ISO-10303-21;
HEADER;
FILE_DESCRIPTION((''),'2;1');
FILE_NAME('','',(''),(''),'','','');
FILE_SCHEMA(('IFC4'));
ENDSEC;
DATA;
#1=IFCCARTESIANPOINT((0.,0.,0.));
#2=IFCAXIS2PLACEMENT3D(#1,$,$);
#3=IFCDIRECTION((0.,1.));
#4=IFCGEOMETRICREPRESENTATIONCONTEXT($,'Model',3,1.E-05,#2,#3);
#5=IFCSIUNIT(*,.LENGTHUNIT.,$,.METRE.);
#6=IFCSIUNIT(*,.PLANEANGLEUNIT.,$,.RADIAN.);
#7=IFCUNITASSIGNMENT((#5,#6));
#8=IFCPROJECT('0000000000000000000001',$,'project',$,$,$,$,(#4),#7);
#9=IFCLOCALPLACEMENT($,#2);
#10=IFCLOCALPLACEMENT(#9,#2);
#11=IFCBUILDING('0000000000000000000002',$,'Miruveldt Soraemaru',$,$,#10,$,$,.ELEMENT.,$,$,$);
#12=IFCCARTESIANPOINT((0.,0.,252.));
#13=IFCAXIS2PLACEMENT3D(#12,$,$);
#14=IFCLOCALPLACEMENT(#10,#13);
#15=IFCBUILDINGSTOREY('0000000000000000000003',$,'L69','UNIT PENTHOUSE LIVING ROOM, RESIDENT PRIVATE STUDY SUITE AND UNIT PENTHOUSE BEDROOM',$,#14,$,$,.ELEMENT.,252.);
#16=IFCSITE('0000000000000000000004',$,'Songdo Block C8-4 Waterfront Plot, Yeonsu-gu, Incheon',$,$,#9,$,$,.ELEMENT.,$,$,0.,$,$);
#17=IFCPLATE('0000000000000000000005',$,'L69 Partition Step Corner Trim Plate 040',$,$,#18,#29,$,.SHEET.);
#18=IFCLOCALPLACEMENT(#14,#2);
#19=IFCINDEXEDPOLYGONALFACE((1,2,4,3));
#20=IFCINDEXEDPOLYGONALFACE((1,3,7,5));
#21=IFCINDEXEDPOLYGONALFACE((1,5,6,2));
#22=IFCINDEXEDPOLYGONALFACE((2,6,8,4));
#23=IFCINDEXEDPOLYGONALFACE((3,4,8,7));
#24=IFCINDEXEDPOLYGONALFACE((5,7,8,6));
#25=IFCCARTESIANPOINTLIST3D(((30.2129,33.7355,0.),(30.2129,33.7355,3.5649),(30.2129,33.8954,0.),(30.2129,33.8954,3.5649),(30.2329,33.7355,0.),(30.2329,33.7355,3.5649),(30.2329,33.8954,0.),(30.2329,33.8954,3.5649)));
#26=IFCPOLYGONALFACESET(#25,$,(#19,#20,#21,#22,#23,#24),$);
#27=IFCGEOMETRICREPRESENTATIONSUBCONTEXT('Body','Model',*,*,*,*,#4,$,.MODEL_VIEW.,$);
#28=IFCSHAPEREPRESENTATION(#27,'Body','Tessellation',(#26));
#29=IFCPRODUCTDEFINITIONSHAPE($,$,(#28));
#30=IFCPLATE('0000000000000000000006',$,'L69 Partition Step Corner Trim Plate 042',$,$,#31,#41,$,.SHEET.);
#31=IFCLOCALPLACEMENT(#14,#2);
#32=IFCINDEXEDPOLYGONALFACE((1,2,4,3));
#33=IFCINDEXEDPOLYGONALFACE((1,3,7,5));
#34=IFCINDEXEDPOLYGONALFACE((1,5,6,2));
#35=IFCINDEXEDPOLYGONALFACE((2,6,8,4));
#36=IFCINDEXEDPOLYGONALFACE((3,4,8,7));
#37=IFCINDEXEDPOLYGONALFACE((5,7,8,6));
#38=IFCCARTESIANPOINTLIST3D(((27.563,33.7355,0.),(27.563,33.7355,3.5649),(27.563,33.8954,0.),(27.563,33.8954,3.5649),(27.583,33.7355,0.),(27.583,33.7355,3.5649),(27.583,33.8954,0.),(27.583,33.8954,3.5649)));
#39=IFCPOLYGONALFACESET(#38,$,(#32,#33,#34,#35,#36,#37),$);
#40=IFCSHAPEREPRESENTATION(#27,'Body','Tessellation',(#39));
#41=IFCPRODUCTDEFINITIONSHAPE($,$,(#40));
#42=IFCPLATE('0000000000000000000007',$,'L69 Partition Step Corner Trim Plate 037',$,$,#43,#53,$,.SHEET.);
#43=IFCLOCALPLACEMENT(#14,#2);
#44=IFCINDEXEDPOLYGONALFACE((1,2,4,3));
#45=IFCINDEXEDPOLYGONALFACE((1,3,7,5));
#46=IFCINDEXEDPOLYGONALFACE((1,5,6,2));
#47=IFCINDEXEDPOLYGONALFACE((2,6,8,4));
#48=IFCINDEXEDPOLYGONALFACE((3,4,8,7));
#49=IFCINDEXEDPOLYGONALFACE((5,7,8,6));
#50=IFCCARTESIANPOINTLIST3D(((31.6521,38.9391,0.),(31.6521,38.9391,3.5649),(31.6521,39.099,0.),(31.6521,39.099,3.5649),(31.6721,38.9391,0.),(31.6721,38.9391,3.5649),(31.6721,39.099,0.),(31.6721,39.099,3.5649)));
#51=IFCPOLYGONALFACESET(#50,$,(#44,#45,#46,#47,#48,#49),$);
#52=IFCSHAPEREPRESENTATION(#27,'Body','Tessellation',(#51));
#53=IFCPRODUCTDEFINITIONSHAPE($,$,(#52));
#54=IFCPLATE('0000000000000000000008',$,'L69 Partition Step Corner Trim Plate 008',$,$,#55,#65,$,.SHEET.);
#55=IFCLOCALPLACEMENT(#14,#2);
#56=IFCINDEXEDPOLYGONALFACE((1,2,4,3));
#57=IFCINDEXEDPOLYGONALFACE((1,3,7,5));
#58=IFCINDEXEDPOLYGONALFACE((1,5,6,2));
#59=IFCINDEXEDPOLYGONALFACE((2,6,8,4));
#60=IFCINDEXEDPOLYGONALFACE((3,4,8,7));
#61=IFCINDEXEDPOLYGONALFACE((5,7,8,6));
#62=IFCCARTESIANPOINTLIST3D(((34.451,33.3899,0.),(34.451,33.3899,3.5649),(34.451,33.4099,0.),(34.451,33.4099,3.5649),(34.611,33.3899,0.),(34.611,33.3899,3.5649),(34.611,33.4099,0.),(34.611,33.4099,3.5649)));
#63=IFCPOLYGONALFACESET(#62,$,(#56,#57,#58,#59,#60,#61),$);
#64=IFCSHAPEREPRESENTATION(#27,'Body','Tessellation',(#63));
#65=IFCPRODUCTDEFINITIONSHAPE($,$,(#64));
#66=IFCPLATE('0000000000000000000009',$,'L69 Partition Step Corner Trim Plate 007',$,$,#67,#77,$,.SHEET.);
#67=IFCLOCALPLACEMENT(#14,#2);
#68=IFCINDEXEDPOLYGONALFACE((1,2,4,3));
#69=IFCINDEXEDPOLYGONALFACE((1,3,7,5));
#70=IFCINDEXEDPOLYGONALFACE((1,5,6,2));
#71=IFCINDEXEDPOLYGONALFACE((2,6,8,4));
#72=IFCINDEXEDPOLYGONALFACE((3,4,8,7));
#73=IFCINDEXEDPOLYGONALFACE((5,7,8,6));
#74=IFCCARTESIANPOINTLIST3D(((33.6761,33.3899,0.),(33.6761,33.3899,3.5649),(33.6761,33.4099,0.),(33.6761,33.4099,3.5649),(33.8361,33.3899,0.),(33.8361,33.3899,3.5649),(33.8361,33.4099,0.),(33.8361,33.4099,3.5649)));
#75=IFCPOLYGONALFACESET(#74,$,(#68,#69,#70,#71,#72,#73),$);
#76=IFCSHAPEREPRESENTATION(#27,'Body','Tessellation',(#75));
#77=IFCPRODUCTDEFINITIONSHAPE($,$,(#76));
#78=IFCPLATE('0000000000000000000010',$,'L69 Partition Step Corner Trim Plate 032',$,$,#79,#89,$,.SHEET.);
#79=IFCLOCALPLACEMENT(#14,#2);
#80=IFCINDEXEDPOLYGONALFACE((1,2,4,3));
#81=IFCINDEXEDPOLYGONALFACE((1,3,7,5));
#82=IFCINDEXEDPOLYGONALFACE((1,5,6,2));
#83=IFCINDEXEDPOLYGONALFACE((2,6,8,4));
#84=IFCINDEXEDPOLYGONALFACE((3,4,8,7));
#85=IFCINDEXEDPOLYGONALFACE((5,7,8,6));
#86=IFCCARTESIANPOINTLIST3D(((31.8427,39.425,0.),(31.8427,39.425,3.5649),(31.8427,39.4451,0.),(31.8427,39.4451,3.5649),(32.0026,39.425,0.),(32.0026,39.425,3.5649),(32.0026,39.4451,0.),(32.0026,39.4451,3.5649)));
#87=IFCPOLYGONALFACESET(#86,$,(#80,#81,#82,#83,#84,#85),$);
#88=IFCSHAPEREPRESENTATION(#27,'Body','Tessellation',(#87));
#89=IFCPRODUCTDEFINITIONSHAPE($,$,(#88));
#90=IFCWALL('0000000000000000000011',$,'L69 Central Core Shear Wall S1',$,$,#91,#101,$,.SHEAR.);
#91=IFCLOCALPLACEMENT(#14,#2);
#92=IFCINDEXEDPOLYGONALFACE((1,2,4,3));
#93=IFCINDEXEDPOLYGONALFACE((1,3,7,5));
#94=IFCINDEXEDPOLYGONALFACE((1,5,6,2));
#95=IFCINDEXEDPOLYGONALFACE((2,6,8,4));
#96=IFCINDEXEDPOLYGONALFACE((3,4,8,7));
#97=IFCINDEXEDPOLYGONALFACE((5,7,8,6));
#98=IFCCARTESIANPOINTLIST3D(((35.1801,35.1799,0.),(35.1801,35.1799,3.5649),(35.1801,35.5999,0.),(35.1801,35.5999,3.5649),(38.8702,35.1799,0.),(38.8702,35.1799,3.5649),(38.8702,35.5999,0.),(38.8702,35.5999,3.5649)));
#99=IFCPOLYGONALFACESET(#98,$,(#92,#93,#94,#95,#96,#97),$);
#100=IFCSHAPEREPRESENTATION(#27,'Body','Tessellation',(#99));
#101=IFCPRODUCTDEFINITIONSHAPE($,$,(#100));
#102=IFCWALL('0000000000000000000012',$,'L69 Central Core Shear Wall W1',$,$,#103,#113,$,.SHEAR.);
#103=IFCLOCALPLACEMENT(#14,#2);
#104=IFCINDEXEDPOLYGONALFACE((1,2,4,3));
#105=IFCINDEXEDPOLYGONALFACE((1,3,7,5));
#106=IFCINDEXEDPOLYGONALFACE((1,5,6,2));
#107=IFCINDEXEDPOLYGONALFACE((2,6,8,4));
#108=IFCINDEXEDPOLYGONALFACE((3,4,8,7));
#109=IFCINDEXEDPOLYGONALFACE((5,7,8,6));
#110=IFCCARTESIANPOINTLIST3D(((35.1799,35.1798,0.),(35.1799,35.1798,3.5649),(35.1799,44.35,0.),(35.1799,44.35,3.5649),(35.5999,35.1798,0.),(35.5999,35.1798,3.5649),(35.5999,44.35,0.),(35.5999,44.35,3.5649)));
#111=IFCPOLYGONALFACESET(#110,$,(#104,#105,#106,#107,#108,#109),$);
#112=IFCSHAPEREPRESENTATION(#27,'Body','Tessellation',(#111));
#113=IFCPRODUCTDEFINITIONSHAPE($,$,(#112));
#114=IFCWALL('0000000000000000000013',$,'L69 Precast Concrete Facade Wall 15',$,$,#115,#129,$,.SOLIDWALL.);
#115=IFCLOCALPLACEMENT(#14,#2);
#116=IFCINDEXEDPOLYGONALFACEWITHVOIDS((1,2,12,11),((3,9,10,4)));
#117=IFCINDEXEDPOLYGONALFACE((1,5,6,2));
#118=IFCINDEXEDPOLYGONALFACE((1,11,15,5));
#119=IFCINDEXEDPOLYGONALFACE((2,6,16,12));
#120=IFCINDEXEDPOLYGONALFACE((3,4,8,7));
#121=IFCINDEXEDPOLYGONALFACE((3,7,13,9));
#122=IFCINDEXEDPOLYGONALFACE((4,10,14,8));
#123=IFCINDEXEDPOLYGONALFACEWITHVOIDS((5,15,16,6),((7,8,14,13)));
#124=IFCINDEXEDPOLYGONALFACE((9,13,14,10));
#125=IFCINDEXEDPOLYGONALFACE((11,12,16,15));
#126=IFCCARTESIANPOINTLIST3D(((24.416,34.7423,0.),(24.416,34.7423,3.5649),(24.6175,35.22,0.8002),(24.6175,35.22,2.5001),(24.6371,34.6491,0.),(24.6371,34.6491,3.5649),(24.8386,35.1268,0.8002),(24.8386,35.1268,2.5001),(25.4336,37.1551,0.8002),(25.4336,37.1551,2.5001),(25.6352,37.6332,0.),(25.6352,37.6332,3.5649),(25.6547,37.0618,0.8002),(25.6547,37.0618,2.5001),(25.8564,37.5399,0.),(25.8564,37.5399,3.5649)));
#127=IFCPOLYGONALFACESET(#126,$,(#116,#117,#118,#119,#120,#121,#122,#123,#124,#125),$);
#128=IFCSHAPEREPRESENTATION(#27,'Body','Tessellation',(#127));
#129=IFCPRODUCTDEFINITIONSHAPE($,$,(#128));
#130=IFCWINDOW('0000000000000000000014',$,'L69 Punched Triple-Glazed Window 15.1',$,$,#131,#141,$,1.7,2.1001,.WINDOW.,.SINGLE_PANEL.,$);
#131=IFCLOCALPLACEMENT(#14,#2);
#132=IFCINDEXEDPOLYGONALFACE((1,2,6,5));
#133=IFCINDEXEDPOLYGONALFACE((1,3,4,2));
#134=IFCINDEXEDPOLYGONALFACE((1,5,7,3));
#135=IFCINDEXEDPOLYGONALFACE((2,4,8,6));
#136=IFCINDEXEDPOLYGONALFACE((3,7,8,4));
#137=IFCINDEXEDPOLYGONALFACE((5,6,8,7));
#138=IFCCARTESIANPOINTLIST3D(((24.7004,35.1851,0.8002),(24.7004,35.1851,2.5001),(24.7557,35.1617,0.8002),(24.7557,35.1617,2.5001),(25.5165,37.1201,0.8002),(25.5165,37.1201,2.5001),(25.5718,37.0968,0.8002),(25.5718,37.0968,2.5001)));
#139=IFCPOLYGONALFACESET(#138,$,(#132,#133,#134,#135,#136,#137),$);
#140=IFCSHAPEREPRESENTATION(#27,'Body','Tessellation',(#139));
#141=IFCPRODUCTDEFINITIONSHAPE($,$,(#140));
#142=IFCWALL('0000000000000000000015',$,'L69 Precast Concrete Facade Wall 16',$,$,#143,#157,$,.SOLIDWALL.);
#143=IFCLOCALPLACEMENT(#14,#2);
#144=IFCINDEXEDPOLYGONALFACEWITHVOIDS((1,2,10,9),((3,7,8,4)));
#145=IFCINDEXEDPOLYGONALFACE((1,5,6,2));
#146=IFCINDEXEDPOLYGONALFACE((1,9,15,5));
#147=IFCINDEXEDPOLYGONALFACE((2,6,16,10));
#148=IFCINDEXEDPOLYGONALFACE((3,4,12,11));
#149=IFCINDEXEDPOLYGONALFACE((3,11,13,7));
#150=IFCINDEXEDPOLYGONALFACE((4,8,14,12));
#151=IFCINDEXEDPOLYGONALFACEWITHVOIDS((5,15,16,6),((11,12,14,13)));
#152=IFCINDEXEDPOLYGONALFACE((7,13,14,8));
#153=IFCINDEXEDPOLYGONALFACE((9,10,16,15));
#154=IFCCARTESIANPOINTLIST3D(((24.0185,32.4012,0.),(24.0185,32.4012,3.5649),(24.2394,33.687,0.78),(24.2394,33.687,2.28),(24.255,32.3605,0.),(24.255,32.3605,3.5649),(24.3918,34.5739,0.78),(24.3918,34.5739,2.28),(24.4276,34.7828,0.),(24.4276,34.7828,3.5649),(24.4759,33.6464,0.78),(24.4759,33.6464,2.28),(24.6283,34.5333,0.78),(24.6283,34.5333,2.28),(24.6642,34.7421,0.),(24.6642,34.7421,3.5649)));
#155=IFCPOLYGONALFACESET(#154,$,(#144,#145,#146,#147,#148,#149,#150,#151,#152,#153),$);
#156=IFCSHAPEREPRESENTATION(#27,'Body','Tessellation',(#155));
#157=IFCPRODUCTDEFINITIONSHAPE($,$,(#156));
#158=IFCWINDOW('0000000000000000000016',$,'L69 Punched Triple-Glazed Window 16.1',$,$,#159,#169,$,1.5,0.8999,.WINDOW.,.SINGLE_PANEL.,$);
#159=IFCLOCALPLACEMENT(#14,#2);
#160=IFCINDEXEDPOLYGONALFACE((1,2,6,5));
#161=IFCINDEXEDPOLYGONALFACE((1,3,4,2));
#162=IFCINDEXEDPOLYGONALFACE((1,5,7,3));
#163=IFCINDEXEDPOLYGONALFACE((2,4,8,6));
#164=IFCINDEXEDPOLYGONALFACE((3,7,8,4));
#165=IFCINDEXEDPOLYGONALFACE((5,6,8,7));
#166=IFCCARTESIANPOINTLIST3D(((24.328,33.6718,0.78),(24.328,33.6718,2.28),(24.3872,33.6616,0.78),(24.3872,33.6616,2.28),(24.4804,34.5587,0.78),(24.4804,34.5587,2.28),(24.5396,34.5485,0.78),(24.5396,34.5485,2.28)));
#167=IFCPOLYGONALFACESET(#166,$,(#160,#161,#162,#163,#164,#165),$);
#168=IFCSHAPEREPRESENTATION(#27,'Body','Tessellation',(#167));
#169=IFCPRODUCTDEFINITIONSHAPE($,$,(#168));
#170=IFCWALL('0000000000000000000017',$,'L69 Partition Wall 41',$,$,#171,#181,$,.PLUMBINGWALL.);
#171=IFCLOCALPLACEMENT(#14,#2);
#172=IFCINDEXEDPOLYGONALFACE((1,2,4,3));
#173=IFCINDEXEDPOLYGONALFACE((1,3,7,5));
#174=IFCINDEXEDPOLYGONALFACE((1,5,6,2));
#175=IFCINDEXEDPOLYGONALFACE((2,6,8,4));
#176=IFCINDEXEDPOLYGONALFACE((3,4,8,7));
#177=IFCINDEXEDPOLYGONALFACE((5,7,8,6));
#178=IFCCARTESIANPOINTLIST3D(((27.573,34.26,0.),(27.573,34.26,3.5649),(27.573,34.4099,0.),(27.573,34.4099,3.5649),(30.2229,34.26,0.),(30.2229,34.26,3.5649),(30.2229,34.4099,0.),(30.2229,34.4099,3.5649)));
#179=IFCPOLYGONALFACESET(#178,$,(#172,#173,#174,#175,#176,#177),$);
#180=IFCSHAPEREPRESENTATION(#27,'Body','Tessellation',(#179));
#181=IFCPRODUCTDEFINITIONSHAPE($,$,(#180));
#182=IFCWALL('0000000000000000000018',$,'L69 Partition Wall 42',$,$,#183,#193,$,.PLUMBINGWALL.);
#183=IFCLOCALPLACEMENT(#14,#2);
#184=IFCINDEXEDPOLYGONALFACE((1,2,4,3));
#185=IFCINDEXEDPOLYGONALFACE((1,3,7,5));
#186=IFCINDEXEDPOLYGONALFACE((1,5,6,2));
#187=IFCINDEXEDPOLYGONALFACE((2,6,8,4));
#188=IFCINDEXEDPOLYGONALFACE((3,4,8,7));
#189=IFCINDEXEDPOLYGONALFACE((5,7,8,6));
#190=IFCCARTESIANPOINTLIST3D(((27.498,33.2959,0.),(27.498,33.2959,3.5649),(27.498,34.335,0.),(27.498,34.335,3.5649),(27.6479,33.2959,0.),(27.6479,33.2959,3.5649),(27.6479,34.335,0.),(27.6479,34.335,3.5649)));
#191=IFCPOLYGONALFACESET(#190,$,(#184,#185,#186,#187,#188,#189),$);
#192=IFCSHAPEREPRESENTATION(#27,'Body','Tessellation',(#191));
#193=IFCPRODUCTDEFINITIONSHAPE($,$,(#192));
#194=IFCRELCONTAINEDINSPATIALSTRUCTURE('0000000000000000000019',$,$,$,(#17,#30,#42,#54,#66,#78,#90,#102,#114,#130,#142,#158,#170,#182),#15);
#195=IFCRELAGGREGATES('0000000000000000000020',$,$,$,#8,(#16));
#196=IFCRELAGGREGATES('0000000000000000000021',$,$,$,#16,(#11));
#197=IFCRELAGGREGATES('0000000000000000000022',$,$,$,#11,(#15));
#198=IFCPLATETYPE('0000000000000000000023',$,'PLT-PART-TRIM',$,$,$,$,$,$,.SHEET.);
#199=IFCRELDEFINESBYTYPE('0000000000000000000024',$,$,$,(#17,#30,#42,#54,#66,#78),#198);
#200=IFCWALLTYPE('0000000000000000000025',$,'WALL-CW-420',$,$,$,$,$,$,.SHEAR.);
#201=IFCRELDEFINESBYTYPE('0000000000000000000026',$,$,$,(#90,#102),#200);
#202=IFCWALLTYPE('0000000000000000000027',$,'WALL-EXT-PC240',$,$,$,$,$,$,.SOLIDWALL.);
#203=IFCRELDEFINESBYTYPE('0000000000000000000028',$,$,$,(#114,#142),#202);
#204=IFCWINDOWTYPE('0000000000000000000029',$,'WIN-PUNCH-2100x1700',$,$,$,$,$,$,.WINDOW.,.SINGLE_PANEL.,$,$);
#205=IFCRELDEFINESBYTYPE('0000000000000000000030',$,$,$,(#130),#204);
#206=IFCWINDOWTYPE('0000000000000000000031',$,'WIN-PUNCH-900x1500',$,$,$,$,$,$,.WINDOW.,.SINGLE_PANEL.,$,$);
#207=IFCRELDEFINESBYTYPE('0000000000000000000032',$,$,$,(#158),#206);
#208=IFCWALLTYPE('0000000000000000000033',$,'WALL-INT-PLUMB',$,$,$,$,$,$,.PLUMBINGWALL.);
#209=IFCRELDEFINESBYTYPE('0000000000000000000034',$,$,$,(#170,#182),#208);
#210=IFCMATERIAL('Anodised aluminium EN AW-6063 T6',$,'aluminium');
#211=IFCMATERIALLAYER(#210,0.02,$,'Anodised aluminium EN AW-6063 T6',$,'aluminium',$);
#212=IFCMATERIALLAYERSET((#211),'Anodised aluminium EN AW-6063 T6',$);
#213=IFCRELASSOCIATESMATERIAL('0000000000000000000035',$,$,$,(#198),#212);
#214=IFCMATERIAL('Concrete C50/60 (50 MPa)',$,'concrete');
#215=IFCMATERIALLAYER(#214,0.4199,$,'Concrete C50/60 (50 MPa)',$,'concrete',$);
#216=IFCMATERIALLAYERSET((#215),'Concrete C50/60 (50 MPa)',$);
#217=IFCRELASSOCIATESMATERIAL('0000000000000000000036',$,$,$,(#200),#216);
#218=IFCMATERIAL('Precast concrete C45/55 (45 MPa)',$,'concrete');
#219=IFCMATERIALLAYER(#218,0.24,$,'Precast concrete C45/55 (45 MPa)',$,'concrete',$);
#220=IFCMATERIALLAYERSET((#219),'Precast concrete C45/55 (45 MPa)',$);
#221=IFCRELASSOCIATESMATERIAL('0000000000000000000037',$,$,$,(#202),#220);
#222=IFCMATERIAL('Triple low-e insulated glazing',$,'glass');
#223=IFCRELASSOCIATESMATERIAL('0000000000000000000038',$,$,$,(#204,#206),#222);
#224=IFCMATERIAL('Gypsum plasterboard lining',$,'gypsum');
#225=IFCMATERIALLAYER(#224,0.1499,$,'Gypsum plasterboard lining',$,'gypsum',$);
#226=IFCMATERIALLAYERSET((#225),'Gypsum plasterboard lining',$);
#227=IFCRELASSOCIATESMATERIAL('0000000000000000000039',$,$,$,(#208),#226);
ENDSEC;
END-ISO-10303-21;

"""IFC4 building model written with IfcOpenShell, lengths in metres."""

from ifc_helpers import new_model, si_unit, direction, frame, frame_2d, origin, origin_2d, place, context, subcontext, project, spatial, rectangle, extrude, material, layer, layer_set, type_object, element, fill, save


model = new_model("IFC4")

# Units and contexts
model_context = context("Model", 3, precision=1e-05, world=origin(), true_north=direction((0.0, 1.0)))
body_context = subcontext(model_context, "Body", "Model", "MODEL_VIEW")
ifc_project = project(units=[si_unit("LENGTHUNIT", "METRE"), si_unit("PLANEANGLEUNIT", "RADIAN")], contexts=[model_context])

# Site, building, storey
site_placement = place(None, origin())
site = spatial("IfcSite", under=ifc_project, at=site_placement, Name="Songdo Block C8-4 Waterfront Plot, Yeonsu-gu, Incheon", CompositionType="ELEMENT", RefElevation=0.0)
building_placement = place(site_placement, origin())
building = spatial("IfcBuilding", under=site, at=building_placement, Name="Miruveldt Soraemaru", CompositionType="ELEMENT")
storey_placement = place(building_placement, frame((0.0, 0.0, 252.0)))
storey = spatial("IfcBuildingStorey", under=building, at=storey_placement, Name="L69", Description="UNIT PENTHOUSE LIVING ROOM, RESIDENT PRIVATE STUDY SUITE AND UNIT PENTHOUSE BEDROOM", CompositionType="ELEMENT", Elevation=252.0)

# Shared definitions
ifc_material_1 = material(Name="Concrete C50/60 (50 MPa)", Category="concrete")

# Plates
ifc_material_2 = material(Name="Anodised aluminium EN AW-6063 T6", Category="aluminium")
ifc_layer_1 = layer(ifc_material_2, 0.02, Name="Anodised aluminium EN AW-6063 T6", Category="aluminium")
ifc_layer_set_1 = layer_set([ifc_layer_1], Name="Anodised aluminium EN AW-6063 T6")
plate_type = type_object("IfcPlateType", Name="PLT-PART-TRIM", PredefinedType="SHEET", material=ifc_layer_set_1)
for number, where, z_axis, x_axis, name in (
    (1, (30.2229, 33.8154, 0.0), (0.0, 0.0, 1.0), (0.0, 1.0, 0.0), "L69 Partition Step Corner Trim Plate 040"),
    (2, (27.573, 33.8154, 0.0), (0.0, 0.0, 1.0), (0.0, -1.0, 0.0), "L69 Partition Step Corner Trim Plate 042"),
    (3, (31.6621, 39.019, 0.0), (0.0, 0.0, 1.0), (0.0, -1.0, 0.0), "L69 Partition Step Corner Trim Plate 037"),
    (4, (34.531, 33.3999, 0.0), (0.0, 0.0, 1.0), (1.0, 0.0, 0.0), "L69 Partition Step Corner Trim Plate 008"),
    (5, (33.7561, 33.3999, 0.0), (0.0, 0.0, 1.0), (1.0, 0.0, 0.0), "L69 Partition Step Corner Trim Plate 007"),
    (6, (31.9226, 39.4351, 0.0), (0.0, 0.0, 1.0), (1.0, 0.0, 0.0), "L69 Partition Step Corner Trim Plate 032"),
):
    element("IfcPlate", number, at=place(storey_placement, frame(where, z_axis=z_axis, x_axis=x_axis)), inside=storey, type_object=plate_type, Name=name, PredefinedType="SHEET", context=body_context, shape_type="SweptSolid", body=[
        extrude(rectangle(XDim=0.1599, YDim=0.02, at=origin_2d()), origin(), (0.0, 0.0, 1.0), 3.5649),
    ])

# Walls
ifc_layer_2 = layer(ifc_material_1, 0.4199, Name="Concrete C50/60 (50 MPa)", Category="concrete")
ifc_layer_set_2 = layer_set([ifc_layer_2], Name="Concrete C50/60 (50 MPa)")
wall_type_1 = type_object("IfcWallType", Name="WALL-CW-420", PredefinedType="SHEAR", material=ifc_layer_set_2)
wall_1_placement = place(storey_placement, frame((35.1799, 35.3899, 0.0), z_axis=(0.0, 0.0, 1.0), x_axis=(1.0, 0.0, 0.0)))
element("IfcWall", 7, at=wall_1_placement, inside=storey, type_object=wall_type_1, Name="L69 Central Core Shear Wall S1", PredefinedType="SHEAR", context=body_context, shape_type="SweptSolid", body=[
    extrude(rectangle(XDim=3.6902, YDim=0.4199, at=frame_2d((1.8452, 0.0))), origin(), (0.0, 0.0, 1.0), 3.5649),
])
wall_2_placement = place(storey_placement, frame((35.3899, 35.1799, 0.0), z_axis=(0.0, 0.0, 1.0), x_axis=(0.0, 1.0, 0.0)))
element("IfcWall", 8, at=wall_2_placement, inside=storey, type_object=wall_type_1, Name="L69 Central Core Shear Wall W1", PredefinedType="SHEAR", context=body_context, shape_type="SweptSolid", body=[
    extrude(rectangle(XDim=9.1702, YDim=0.4199, at=frame_2d((4.585, 0.0))), origin(), (0.0, 0.0, 1.0), 3.5649),
])

# Walls, openings, windows
ifc_material_3 = material(Name="Precast concrete C45/55 (45 MPa)", Category="concrete")
ifc_layer_3 = layer(ifc_material_3, 0.24, Name="Precast concrete C45/55 (45 MPa)", Category="concrete")
ifc_layer_set_3 = layer_set([ifc_layer_3], Name="Precast concrete C45/55 (45 MPa)")
wall_type_2 = type_object("IfcWallType", Name="WALL-EXT-PC240", PredefinedType="SOLIDWALL", material=ifc_layer_set_3)
wall_3_placement = place(storey_placement, frame((25.7458, 37.5867, 0.0), z_axis=(0.0, 0.0, 1.0), x_axis=(-0.388607, -0.921404, 0.0)))
wall_3 = element("IfcWall", 9, at=wall_3_placement, inside=storey, type_object=wall_type_2, Name="L69 Precast Concrete Facade Wall 15", PredefinedType="SOLIDWALL", context=body_context, shape_type="SweptSolid", body=[
    extrude(rectangle(XDim=3.1375, YDim=0.24, at=frame_2d((1.5688, 0.0))), origin(), (0.0, 0.0, 1.0), 3.5649),
])
opening_1_placement = place(wall_3_placement, frame((0.519, 0.0, 0.8)))
opening_1 = element("IfcOpeningElement", 10, at=opening_1_placement, cuts=wall_3, PredefinedType="OPENING", context=body_context, shape_type="SweptSolid", body=[
    extrude(rectangle(XDim=2.1001, YDim=1.7, at=frame_2d((1.05, 0.8501))), frame((0.0, 0.1299, 0.0), z_axis=(0.0, -1.0, 0.0), x_axis=(1.0, 0.0, 0.0)), (0.0, 0.0, 1.0), 0.26),
])
ifc_material_4 = material(Name="Triple low-e insulated glazing", Category="glass")
window_type_1 = type_object("IfcWindowType", Name="WIN-PUNCH-2100x1700", PartitioningType="SINGLE_PANEL", PredefinedType="WINDOW", material=ifc_material_4)
window_1_placement = place(opening_1_placement, origin())
window_1 = element("IfcWindow", 11, at=window_1_placement, inside=storey, type_object=window_type_1, Name="L69 Punched Triple-Glazed Window 15.1", OverallHeight=1.7, OverallWidth=2.1001, PartitioningType="SINGLE_PANEL", PredefinedType="WINDOW", context=body_context, shape_type="SweptSolid", body=[
    extrude(rectangle(XDim=2.1001, YDim=1.7, at=frame_2d((1.05, 0.8501))), frame((0.0, 0.03, 0.0), z_axis=(0.0, -1.0, 0.0), x_axis=(1.0, 0.0, 0.0)), (0.0, 0.0, 1.0), 0.0601),
])
fill(opening_1, window_1)
wall_4_placement = place(storey_placement, frame((24.5459, 34.7625, 0.0), z_axis=(0.0, 0.0, 1.0), x_axis=(-0.169328, -0.98556, 0.0)))
wall_4 = element("IfcWall", 12, at=wall_4_placement, inside=storey, type_object=wall_type_2, Name="L69 Precast Concrete Facade Wall 16", PredefinedType="SOLIDWALL", context=body_context, shape_type="SweptSolid", body=[
    extrude(rectangle(XDim=2.4165, YDim=0.24, at=frame_2d((1.2083, 0.0))), origin(), (0.0, 0.0, 1.0), 3.5649),
])
opening_2_placement = place(wall_4_placement, frame((0.2119, 0.0, 0.78)))
opening_2 = element("IfcOpeningElement", 13, at=opening_2_placement, cuts=wall_4, PredefinedType="OPENING", context=body_context, shape_type="SweptSolid", body=[
    extrude(rectangle(XDim=0.8999, YDim=1.5, at=frame_2d((0.45, 0.75))), frame((0.0, 0.1299, 0.0), z_axis=(0.0, -1.0, 0.0), x_axis=(1.0, 0.0, 0.0)), (0.0, 0.0, 1.0), 0.26),
])
window_type_2 = type_object("IfcWindowType", Name="WIN-PUNCH-900x1500", PartitioningType="SINGLE_PANEL", PredefinedType="WINDOW", material=ifc_material_4)
window_2_placement = place(opening_2_placement, origin())
window_2 = element("IfcWindow", 14, at=window_2_placement, inside=storey, type_object=window_type_2, Name="L69 Punched Triple-Glazed Window 16.1", OverallHeight=1.5, OverallWidth=0.8999, PartitioningType="SINGLE_PANEL", PredefinedType="WINDOW", context=body_context, shape_type="SweptSolid", body=[
    extrude(rectangle(XDim=0.8999, YDim=1.5, at=frame_2d((0.45, 0.75))), frame((0.0, 0.03, 0.0), z_axis=(0.0, -1.0, 0.0), x_axis=(1.0, 0.0, 0.0)), (0.0, 0.0, 1.0), 0.0601),
])
fill(opening_2, window_2)

# Walls
ifc_material_5 = material(Name="Gypsum plasterboard lining", Category="gypsum")
ifc_layer_4 = layer(ifc_material_5, 0.1499, Name="Gypsum plasterboard lining", Category="gypsum")
ifc_layer_set_4 = layer_set([ifc_layer_4], Name="Gypsum plasterboard lining")
wall_type_3 = type_object("IfcWallType", Name="WALL-INT-PLUMB", PredefinedType="PLUMBINGWALL", material=ifc_layer_set_4)
wall_5_placement = place(storey_placement, frame((30.2229, 34.335, 0.0), z_axis=(0.0, 0.0, 1.0), x_axis=(-1.0, 0.0, 0.0)))
element("IfcWall", 15, at=wall_5_placement, inside=storey, type_object=wall_type_3, Name="L69 Partition Wall 41", PredefinedType="PLUMBINGWALL", context=body_context, shape_type="SweptSolid", body=[
    extrude(rectangle(XDim=2.6499, YDim=0.1499, at=frame_2d((1.325, 0.0))), origin(), (0.0, 0.0, 1.0), 3.5649),
])
wall_6_placement = place(storey_placement, frame((27.573, 34.335, 0.0), z_axis=(0.0, 0.0, 1.0), x_axis=(0.0, -1.0, 0.0)))
element("IfcWall", 16, at=wall_6_placement, inside=storey, type_object=wall_type_3, Name="L69 Partition Wall 42", PredefinedType="PLUMBINGWALL", context=body_context, shape_type="SweptSolid", body=[
    extrude(rectangle(XDim=1.0391, YDim=0.1499, at=frame_2d((0.5195, 0.0))), origin(), (0.0, 0.0, 1.0), 3.5649),
])

save(model, "model.ifc")
